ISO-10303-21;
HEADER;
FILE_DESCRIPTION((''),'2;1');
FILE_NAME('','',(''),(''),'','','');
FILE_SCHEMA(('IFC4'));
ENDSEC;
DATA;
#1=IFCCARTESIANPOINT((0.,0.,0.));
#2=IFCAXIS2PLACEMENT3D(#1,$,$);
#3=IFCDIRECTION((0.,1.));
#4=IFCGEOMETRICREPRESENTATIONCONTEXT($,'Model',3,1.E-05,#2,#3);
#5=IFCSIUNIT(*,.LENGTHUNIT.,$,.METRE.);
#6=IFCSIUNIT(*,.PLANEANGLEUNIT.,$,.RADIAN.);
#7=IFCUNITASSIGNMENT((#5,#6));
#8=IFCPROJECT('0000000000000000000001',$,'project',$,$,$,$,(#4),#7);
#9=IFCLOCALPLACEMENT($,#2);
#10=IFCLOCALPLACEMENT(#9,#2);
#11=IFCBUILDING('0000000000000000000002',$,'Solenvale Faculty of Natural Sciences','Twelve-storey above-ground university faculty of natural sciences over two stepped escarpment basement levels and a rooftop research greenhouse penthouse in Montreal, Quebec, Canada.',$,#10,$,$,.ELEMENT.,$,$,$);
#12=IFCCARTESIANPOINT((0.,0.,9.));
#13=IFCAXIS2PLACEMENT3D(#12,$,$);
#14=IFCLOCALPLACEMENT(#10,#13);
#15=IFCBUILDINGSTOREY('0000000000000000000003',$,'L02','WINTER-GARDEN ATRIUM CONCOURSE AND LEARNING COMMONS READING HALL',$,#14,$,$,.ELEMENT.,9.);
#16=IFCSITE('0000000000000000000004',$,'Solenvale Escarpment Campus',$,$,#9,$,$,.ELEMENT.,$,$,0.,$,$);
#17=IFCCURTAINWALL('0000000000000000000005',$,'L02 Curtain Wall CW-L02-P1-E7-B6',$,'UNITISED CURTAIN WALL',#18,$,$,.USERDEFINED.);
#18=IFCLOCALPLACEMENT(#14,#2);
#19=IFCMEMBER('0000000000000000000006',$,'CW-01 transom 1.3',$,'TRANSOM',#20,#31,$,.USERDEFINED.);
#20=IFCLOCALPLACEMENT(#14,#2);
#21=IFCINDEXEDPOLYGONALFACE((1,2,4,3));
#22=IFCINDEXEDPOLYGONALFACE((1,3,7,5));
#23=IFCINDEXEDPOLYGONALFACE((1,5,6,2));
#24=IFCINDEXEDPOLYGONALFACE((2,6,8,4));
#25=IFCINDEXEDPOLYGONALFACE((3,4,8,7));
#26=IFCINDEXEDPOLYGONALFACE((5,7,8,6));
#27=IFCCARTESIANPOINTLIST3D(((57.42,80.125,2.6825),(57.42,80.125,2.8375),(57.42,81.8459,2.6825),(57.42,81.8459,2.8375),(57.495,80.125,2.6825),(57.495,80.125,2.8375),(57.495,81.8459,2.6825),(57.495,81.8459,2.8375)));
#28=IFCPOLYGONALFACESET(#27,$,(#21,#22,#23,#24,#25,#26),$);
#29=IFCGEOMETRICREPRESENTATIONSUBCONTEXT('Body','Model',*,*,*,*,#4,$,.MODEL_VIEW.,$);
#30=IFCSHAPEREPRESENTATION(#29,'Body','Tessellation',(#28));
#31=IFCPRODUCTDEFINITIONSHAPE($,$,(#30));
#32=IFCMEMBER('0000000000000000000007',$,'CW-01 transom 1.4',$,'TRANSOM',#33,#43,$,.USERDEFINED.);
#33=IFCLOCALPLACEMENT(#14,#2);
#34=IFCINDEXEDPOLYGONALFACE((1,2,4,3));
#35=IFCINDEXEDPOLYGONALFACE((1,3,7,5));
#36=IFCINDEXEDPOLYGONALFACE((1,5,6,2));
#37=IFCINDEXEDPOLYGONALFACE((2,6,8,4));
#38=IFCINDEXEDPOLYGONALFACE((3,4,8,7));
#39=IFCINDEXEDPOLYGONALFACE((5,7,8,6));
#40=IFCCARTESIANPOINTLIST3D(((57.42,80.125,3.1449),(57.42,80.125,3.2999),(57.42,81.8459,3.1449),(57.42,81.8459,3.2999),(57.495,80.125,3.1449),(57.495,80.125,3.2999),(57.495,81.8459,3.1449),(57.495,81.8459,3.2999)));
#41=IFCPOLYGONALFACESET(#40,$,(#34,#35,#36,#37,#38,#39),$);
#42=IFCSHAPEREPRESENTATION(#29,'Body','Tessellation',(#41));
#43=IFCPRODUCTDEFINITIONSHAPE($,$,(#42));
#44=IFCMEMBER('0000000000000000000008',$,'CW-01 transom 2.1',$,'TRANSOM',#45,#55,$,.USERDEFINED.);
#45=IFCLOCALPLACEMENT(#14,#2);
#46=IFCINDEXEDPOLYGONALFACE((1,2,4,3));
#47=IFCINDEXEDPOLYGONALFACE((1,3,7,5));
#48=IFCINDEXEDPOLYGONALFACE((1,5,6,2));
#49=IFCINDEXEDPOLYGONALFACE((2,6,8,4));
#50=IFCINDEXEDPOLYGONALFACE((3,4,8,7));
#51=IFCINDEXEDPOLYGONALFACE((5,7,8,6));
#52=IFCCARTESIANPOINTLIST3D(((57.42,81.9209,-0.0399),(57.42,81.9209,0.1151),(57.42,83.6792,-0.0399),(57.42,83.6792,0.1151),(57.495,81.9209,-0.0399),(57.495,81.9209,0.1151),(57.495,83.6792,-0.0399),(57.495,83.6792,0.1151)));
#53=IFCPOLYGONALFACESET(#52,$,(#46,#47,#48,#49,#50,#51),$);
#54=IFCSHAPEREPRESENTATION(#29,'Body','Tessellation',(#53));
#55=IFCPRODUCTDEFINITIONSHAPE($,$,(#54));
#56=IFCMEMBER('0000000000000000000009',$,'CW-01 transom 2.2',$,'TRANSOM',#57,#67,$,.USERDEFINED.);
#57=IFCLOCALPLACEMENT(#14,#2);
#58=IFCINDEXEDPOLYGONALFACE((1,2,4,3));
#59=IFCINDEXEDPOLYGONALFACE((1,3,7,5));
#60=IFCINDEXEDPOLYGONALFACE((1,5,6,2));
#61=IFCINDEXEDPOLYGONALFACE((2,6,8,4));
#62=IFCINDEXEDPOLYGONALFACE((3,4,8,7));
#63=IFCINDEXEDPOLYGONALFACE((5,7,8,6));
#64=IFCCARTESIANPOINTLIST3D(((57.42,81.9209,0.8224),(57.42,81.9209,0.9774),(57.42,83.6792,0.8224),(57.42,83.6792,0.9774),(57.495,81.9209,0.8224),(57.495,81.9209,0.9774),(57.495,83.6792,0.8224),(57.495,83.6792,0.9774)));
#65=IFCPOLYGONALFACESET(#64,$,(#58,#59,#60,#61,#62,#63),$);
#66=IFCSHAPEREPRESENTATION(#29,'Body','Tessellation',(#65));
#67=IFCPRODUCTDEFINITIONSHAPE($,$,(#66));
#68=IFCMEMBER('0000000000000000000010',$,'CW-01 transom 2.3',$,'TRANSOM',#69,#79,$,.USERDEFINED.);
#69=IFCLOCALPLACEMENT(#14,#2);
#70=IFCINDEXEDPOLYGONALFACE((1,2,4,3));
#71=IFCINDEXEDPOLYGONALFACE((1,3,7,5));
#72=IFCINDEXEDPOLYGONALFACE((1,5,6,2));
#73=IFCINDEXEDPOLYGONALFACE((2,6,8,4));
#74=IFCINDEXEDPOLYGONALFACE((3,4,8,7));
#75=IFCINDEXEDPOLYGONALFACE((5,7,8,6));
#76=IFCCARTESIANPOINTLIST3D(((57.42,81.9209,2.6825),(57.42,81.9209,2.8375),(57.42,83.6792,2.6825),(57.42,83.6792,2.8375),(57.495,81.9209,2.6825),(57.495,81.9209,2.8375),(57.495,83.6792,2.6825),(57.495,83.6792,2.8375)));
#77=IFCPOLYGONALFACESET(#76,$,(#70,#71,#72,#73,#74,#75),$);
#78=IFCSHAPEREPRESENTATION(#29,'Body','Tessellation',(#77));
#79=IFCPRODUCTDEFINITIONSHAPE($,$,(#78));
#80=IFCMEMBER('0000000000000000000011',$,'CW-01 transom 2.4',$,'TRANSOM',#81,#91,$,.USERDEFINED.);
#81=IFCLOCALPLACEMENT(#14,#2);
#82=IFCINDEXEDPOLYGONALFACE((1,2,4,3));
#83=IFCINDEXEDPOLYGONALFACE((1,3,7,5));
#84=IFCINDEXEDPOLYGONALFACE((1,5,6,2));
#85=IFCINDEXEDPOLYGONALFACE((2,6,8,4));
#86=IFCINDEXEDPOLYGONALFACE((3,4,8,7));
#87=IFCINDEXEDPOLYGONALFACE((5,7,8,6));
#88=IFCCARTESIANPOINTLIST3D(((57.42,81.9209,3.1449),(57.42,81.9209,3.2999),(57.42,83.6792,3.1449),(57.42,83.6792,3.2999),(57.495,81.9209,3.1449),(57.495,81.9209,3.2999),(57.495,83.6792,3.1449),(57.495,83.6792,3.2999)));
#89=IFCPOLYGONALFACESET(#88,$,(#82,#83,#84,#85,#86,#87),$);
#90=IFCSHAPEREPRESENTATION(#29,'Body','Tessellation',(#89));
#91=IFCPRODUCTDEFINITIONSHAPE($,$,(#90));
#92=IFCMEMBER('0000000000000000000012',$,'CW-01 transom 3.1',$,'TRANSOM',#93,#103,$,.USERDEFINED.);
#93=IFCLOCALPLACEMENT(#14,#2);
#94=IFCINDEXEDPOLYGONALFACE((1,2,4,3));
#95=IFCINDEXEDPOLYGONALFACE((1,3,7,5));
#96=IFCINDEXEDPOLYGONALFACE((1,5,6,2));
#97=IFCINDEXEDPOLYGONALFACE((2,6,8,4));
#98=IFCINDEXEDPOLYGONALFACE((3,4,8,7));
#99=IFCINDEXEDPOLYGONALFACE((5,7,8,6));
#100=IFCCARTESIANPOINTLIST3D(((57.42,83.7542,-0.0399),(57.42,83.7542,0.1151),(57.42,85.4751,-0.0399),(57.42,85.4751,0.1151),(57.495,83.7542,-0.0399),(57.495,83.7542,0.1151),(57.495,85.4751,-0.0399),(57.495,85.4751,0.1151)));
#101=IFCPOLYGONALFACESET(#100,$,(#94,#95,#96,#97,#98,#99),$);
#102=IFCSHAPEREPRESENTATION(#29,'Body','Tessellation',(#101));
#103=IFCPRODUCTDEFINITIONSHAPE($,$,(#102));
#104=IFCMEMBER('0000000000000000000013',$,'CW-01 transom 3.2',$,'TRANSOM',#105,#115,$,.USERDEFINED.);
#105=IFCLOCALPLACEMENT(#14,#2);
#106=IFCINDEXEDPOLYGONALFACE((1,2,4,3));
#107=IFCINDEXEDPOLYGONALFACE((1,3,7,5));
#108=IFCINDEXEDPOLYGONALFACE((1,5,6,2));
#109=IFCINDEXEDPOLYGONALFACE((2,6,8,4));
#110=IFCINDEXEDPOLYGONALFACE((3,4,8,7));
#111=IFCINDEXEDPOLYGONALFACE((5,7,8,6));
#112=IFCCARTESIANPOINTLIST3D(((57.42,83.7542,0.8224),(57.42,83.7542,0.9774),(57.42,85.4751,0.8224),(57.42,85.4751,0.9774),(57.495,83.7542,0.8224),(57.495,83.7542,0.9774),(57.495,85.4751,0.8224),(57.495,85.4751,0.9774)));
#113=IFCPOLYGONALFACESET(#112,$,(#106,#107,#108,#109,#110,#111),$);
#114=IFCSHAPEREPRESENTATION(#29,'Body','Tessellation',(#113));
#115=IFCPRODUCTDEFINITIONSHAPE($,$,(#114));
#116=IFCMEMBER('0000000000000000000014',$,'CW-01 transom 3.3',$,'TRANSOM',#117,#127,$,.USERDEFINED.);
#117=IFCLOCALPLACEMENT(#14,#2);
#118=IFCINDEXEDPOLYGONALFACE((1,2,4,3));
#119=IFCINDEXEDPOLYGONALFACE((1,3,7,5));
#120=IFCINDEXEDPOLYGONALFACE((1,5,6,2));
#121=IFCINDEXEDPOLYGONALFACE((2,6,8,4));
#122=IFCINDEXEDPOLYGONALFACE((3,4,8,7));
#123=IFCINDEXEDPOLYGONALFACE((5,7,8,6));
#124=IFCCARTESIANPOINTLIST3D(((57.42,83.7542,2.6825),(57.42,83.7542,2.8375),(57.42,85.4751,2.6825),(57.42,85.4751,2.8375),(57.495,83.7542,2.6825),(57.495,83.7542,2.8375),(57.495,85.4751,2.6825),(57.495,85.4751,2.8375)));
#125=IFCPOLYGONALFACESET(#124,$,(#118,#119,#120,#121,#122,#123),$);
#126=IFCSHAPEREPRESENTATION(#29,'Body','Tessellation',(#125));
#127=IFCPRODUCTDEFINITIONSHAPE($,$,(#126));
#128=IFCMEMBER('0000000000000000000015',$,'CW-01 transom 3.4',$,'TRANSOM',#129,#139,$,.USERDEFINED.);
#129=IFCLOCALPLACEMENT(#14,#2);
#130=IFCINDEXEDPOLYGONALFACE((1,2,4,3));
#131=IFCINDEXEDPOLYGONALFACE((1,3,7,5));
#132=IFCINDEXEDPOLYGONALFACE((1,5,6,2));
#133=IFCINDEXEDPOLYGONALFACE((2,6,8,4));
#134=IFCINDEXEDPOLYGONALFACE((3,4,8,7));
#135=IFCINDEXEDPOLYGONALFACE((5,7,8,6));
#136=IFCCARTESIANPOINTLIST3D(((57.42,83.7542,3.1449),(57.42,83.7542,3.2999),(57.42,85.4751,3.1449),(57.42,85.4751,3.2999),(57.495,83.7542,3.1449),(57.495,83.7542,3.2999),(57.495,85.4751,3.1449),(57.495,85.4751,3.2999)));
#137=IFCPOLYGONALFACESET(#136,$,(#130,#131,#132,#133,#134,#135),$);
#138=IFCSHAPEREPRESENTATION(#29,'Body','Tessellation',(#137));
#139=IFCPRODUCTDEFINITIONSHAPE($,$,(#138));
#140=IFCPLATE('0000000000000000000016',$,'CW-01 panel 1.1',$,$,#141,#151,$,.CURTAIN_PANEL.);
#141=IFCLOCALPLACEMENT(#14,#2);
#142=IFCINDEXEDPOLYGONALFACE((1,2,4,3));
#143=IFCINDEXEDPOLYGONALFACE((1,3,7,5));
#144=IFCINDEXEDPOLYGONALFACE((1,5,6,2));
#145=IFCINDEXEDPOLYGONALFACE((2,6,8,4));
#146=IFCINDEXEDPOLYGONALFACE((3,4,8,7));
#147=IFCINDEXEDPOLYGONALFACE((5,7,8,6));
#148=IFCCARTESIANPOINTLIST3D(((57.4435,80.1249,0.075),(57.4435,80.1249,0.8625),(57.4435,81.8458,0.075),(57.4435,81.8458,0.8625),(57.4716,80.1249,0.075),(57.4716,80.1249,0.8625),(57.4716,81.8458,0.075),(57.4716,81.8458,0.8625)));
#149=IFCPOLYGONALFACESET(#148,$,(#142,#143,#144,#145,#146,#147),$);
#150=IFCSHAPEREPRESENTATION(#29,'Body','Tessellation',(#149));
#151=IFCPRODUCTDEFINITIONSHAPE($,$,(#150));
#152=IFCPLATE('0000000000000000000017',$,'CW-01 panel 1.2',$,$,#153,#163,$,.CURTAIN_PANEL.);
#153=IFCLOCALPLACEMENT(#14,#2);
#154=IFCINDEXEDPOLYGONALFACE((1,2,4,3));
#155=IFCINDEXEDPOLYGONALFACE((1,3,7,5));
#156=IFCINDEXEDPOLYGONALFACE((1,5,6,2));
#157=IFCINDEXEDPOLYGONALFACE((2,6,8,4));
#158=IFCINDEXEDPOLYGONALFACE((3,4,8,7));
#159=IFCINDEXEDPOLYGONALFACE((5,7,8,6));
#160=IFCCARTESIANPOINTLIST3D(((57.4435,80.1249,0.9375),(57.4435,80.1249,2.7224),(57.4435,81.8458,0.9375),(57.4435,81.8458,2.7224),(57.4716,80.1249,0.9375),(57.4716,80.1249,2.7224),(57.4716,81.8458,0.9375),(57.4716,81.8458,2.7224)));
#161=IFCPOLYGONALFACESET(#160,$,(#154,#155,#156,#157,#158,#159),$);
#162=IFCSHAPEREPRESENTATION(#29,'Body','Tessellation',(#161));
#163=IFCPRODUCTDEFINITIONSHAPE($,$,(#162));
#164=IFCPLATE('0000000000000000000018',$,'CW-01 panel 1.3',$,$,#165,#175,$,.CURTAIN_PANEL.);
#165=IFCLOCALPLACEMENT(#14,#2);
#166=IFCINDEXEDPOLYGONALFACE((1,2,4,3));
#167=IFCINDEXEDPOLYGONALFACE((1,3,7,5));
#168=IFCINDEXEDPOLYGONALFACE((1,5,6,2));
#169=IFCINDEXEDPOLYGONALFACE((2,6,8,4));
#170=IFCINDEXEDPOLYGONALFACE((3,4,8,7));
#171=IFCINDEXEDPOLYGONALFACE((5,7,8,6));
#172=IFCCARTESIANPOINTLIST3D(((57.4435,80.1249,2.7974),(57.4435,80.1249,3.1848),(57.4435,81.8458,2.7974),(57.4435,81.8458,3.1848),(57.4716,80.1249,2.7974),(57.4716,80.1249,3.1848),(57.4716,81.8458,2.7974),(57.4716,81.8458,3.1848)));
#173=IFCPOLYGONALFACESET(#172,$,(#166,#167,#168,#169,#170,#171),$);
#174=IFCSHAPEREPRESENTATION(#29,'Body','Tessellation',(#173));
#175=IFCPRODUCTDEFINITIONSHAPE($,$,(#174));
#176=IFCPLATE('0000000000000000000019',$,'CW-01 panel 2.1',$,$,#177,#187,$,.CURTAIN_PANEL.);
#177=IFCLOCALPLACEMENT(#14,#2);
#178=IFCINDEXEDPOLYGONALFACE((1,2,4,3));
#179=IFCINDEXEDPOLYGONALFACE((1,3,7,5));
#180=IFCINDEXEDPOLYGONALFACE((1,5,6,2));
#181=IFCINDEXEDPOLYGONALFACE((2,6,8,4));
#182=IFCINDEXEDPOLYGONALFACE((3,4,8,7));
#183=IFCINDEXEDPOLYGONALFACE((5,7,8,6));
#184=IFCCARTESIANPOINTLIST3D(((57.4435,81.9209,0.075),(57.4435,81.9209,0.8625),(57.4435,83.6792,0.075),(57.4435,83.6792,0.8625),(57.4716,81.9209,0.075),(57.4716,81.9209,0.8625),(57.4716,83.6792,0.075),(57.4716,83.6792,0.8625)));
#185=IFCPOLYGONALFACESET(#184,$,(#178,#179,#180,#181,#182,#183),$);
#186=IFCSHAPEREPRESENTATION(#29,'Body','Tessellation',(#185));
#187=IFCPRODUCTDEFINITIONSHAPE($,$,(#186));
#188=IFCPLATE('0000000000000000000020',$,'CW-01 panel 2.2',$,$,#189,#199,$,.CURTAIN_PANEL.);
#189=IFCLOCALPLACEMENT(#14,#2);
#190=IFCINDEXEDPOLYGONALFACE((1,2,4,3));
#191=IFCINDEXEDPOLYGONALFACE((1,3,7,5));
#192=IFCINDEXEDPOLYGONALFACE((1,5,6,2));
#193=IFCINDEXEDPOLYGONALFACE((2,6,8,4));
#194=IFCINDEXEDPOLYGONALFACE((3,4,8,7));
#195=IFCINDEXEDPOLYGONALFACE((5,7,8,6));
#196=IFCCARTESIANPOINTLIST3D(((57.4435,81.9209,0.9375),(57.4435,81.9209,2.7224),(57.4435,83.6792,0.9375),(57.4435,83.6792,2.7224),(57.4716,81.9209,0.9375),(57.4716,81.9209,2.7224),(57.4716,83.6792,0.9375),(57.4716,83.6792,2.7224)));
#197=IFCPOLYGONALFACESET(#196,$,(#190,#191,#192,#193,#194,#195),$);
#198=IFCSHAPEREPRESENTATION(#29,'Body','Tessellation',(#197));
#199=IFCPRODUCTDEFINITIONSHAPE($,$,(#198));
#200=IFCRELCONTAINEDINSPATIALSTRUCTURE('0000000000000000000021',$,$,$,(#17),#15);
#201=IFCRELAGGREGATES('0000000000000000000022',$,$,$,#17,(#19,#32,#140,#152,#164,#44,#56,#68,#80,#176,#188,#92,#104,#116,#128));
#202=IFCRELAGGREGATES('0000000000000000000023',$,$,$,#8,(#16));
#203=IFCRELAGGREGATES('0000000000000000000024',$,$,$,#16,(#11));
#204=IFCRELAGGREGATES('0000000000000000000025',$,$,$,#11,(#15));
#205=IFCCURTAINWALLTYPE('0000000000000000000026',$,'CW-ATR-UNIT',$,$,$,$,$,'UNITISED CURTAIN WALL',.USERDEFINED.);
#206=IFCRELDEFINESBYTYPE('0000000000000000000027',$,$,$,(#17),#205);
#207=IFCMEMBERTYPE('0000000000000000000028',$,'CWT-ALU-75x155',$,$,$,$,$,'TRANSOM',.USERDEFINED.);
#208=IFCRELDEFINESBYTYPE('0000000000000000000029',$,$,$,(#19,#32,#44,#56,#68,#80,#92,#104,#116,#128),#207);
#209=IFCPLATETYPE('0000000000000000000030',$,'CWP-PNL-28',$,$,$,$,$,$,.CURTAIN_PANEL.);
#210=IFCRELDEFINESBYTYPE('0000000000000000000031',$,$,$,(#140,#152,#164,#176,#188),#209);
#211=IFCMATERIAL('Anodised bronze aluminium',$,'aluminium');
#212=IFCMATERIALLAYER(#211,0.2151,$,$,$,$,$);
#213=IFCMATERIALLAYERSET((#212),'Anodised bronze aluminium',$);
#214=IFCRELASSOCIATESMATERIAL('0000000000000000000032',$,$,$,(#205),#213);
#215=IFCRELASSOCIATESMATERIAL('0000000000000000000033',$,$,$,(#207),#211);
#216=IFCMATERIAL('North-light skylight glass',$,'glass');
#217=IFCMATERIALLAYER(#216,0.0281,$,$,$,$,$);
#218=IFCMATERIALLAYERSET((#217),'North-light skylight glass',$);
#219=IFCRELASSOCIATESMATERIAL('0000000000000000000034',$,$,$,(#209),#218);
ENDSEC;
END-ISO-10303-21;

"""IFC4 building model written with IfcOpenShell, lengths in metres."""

from ifc_helpers import new_model, si_unit, direction, frame, origin, origin_2d, place, context, subcontext, project, spatial, rectangle, extrude, material, layer, layer_set, material_profile, profile_set, type_object, element, aggregate, save


model = new_model("IFC4")

# Units and contexts
model_context = context("Model", 3, precision=1e-05, world=origin(), true_north=direction((0.0, 1.0)))
body_context = subcontext(model_context, "Body", "Model", "MODEL_VIEW")
ifc_project = project(units=[si_unit("LENGTHUNIT", "METRE"), si_unit("PLANEANGLEUNIT", "RADIAN")], contexts=[model_context])

# Site, building, storey
site_placement = place(None, origin())
site = spatial("IfcSite", under=ifc_project, at=site_placement, Name="Solenvale Escarpment Campus", CompositionType="ELEMENT", RefElevation=0.0)
building_placement = place(site_placement, origin())
building = spatial("IfcBuilding", under=site, at=building_placement, Name="Solenvale Faculty of Natural Sciences", Description="Twelve-storey above-ground university faculty of natural sciences over two stepped escarpment basement levels and a rooftop research greenhouse penthouse in Montreal, Quebec, Canada.", CompositionType="ELEMENT")
storey_placement = place(building_placement, frame((0.0, 0.0, 9.0)))
storey = spatial("IfcBuildingStorey", under=building, at=storey_placement, Name="L02", Description="WINTER-GARDEN ATRIUM CONCOURSE AND LEARNING COMMONS READING HALL", CompositionType="ELEMENT", Elevation=9.0)

# Curtain wall, members, plates
ifc_material_1 = material(Name="Anodised bronze aluminium", Category="aluminium")
ifc_layer_1 = layer(ifc_material_1, 0.2151)
ifc_layer_set_1 = layer_set([ifc_layer_1], Name="Anodised bronze aluminium")
curtain_wall_type = type_object("IfcCurtainWallType", Name="CW-ATR-UNIT", ElementType="UNITISED CURTAIN WALL", PredefinedType="USERDEFINED", material=ifc_layer_set_1)
curtain_wall_placement = place(storey_placement, origin())
curtain_wall = element("IfcCurtainWall", 1, at=curtain_wall_placement, inside=storey, type_object=curtain_wall_type, Name="L02 Curtain Wall CW-L02-P1-E7-B6", ObjectType="UNITISED CURTAIN WALL", PredefinedType="USERDEFINED")
ifc_material_profile_1 = material_profile(ifc_material_1, rectangle(XDim=0.075, YDim=0.155, at=origin_2d()), Name="ALU-TRN-75x155")
ifc_profile_set_1 = profile_set([ifc_material_profile_1], Name="Anodised bronze aluminium")
member_type_1 = type_object("IfcMemberType", Name="CWT-ALU-75x155", ElementType="TRANSOM", PredefinedType="USERDEFINED", material=ifc_profile_set_1)
member_1_placement = place(storey_placement, frame((57.4575, 80.125, 2.76), z_axis=(0.0, 1.0, 0.0), x_axis=(-1.0, 0.0, 0.0)))
member_1 = element("IfcMember", 2, at=member_1_placement, type_object=member_type_1, Name="CW-01 transom 1.3", ObjectType="TRANSOM", PredefinedType="USERDEFINED", context=body_context, shape_type="SweptSolid", body=[
    extrude(rectangle(XDim=0.075, YDim=0.155, at=origin_2d()), origin(), (0.0, 0.0, 1.0), 1.7209),
])
member_2_placement = place(storey_placement, frame((57.4575, 80.125, 3.2224), z_axis=(0.0, 1.0, 0.0), x_axis=(-1.0, 0.0, 0.0)))
member_2 = element("IfcMember", 3, at=member_2_placement, type_object=member_type_1, Name="CW-01 transom 1.4", ObjectType="TRANSOM", PredefinedType="USERDEFINED", context=body_context, shape_type="SweptSolid", body=[
    extrude(rectangle(XDim=0.075, YDim=0.155, at=origin_2d()), origin(), (0.0, 0.0, 1.0), 1.7209),
])
member_3_placement = place(storey_placement, frame((57.4575, 81.9209, 0.0376), z_axis=(0.0, 1.0, 0.0), x_axis=(-1.0, 0.0, 0.0)))
member_3 = element("IfcMember", 4, at=member_3_placement, type_object=member_type_1, Name="CW-01 transom 2.1", ObjectType="TRANSOM", PredefinedType="USERDEFINED", context=body_context, shape_type="SweptSolid", body=[
    extrude(rectangle(XDim=0.075, YDim=0.155, at=origin_2d()), origin(), (0.0, 0.0, 1.0), 1.7583),
])
member_4_placement = place(storey_placement, frame((57.4575, 81.9209, 0.8999), z_axis=(0.0, 1.0, 0.0), x_axis=(-1.0, 0.0, 0.0)))
member_4 = element("IfcMember", 5, at=member_4_placement, type_object=member_type_1, Name="CW-01 transom 2.2", ObjectType="TRANSOM", PredefinedType="USERDEFINED", context=body_context, shape_type="SweptSolid", body=[
    extrude(rectangle(XDim=0.075, YDim=0.155, at=origin_2d()), origin(), (0.0, 0.0, 1.0), 1.7583),
])
member_5_placement = place(storey_placement, frame((57.4575, 81.9209, 2.76), z_axis=(0.0, 1.0, 0.0), x_axis=(-1.0, 0.0, 0.0)))
member_5 = element("IfcMember", 6, at=member_5_placement, type_object=member_type_1, Name="CW-01 transom 2.3", ObjectType="TRANSOM", PredefinedType="USERDEFINED", context=body_context, shape_type="SweptSolid", body=[
    extrude(rectangle(XDim=0.075, YDim=0.155, at=origin_2d()), origin(), (0.0, 0.0, 1.0), 1.7583),
])
member_6_placement = place(storey_placement, frame((57.4575, 81.9209, 3.2224), z_axis=(0.0, 1.0, 0.0), x_axis=(-1.0, 0.0, 0.0)))
member_6 = element("IfcMember", 7, at=member_6_placement, type_object=member_type_1, Name="CW-01 transom 2.4", ObjectType="TRANSOM", PredefinedType="USERDEFINED", context=body_context, shape_type="SweptSolid", body=[
    extrude(rectangle(XDim=0.075, YDim=0.155, at=origin_2d()), origin(), (0.0, 0.0, 1.0), 1.7583),
])
member_7_placement = place(storey_placement, frame((57.4575, 83.7542, 0.0376), z_axis=(0.0, 1.0, 0.0), x_axis=(-1.0, 0.0, 0.0)))
member_7 = element("IfcMember", 8, at=member_7_placement, type_object=member_type_1, Name="CW-01 transom 3.1", ObjectType="TRANSOM", PredefinedType="USERDEFINED", context=body_context, shape_type="SweptSolid", body=[
    extrude(rectangle(XDim=0.075, YDim=0.155, at=origin_2d()), origin(), (0.0, 0.0, 1.0), 1.7209),
])
member_8_placement = place(storey_placement, frame((57.4575, 83.7542, 0.8999), z_axis=(0.0, 1.0, 0.0), x_axis=(-1.0, 0.0, 0.0)))
member_8 = element("IfcMember", 9, at=member_8_placement, type_object=member_type_1, Name="CW-01 transom 3.2", ObjectType="TRANSOM", PredefinedType="USERDEFINED", context=body_context, shape_type="SweptSolid", body=[
    extrude(rectangle(XDim=0.075, YDim=0.155, at=origin_2d()), origin(), (0.0, 0.0, 1.0), 1.7209),
])
member_9_placement = place(storey_placement, frame((57.4575, 83.7542, 2.76), z_axis=(0.0, 1.0, 0.0), x_axis=(-1.0, 0.0, 0.0)))
member_9 = element("IfcMember", 10, at=member_9_placement, type_object=member_type_1, Name="CW-01 transom 3.3", ObjectType="TRANSOM", PredefinedType="USERDEFINED", context=body_context, shape_type="SweptSolid", body=[
    extrude(rectangle(XDim=0.075, YDim=0.155, at=origin_2d()), origin(), (0.0, 0.0, 1.0), 1.7209),
])
member_10_placement = place(storey_placement, frame((57.4575, 83.7542, 3.2224), z_axis=(0.0, 1.0, 0.0), x_axis=(-1.0, 0.0, 0.0)))
member_10 = element("IfcMember", 11, at=member_10_placement, type_object=member_type_1, Name="CW-01 transom 3.4", ObjectType="TRANSOM", PredefinedType="USERDEFINED", context=body_context, shape_type="SweptSolid", body=[
    extrude(rectangle(XDim=0.075, YDim=0.155, at=origin_2d()), origin(), (0.0, 0.0, 1.0), 1.7209),
])
ifc_material_2 = material(Name="North-light skylight glass", Category="glass")
ifc_layer_2 = layer(ifc_material_2, 0.0281)
ifc_layer_set_2 = layer_set([ifc_layer_2], Name="North-light skylight glass")
plate_type = type_object("IfcPlateType", Name="CWP-PNL-28", PredefinedType="CURTAIN_PANEL", material=ifc_layer_set_2)
plate_1_placement = place(storey_placement, frame((57.4575, 80.9854, 0.075), z_axis=(0.0, 0.0, 1.0), x_axis=(0.0, 1.0, 0.0)))
plate_1 = element("IfcPlate", 12, at=plate_1_placement, type_object=plate_type, Name="CW-01 panel 1.1", PredefinedType="CURTAIN_PANEL", context=body_context, shape_type="SweptSolid", body=[
    extrude(rectangle(XDim=1.7209, YDim=0.0281, at=origin_2d()), origin(), (0.0, 0.0, 1.0), 0.7876),
])
plate_2_placement = place(storey_placement, frame((57.4575, 80.9854, 0.9375), z_axis=(0.0, 0.0, 1.0), x_axis=(0.0, 1.0, 0.0)))
plate_2 = element("IfcPlate", 13, at=plate_2_placement, type_object=plate_type, Name="CW-01 panel 1.2", PredefinedType="CURTAIN_PANEL", context=body_context, shape_type="SweptSolid", body=[
    extrude(rectangle(XDim=1.7209, YDim=0.0281, at=origin_2d()), origin(), (0.0, 0.0, 1.0), 1.7849),
])
plate_3_placement = place(storey_placement, frame((57.4575, 80.9854, 2.7974), z_axis=(0.0, 0.0, 1.0), x_axis=(0.0, 1.0, 0.0)))
plate_3 = element("IfcPlate", 14, at=plate_3_placement, type_object=plate_type, Name="CW-01 panel 1.3", PredefinedType="CURTAIN_PANEL", context=body_context, shape_type="SweptSolid", body=[
    extrude(rectangle(XDim=1.7209, YDim=0.0281, at=origin_2d()), origin(), (0.0, 0.0, 1.0), 0.3875),
])
plate_4_placement = place(storey_placement, frame((57.4575, 82.8, 0.075), z_axis=(0.0, 0.0, 1.0), x_axis=(0.0, 1.0, 0.0)))
plate_4 = element("IfcPlate", 15, at=plate_4_placement, type_object=plate_type, Name="CW-01 panel 2.1", PredefinedType="CURTAIN_PANEL", context=body_context, shape_type="SweptSolid", body=[
    extrude(rectangle(XDim=1.7583, YDim=0.0281, at=origin_2d()), origin(), (0.0, 0.0, 1.0), 0.7876),
])
plate_5_placement = place(storey_placement, frame((57.4575, 82.8, 0.9375), z_axis=(0.0, 0.0, 1.0), x_axis=(0.0, 1.0, 0.0)))
plate_5 = element("IfcPlate", 16, at=plate_5_placement, type_object=plate_type, Name="CW-01 panel 2.2", PredefinedType="CURTAIN_PANEL", context=body_context, shape_type="SweptSolid", body=[
    extrude(rectangle(XDim=1.7583, YDim=0.0281, at=origin_2d()), origin(), (0.0, 0.0, 1.0), 1.7849),
])
aggregate(curtain_wall, [member_1, member_2, plate_1, plate_2, plate_3, member_3, member_4, member_5, member_6, plate_4, plate_5, member_7, member_8, member_9, member_10])

save(model, "model.ifc")
